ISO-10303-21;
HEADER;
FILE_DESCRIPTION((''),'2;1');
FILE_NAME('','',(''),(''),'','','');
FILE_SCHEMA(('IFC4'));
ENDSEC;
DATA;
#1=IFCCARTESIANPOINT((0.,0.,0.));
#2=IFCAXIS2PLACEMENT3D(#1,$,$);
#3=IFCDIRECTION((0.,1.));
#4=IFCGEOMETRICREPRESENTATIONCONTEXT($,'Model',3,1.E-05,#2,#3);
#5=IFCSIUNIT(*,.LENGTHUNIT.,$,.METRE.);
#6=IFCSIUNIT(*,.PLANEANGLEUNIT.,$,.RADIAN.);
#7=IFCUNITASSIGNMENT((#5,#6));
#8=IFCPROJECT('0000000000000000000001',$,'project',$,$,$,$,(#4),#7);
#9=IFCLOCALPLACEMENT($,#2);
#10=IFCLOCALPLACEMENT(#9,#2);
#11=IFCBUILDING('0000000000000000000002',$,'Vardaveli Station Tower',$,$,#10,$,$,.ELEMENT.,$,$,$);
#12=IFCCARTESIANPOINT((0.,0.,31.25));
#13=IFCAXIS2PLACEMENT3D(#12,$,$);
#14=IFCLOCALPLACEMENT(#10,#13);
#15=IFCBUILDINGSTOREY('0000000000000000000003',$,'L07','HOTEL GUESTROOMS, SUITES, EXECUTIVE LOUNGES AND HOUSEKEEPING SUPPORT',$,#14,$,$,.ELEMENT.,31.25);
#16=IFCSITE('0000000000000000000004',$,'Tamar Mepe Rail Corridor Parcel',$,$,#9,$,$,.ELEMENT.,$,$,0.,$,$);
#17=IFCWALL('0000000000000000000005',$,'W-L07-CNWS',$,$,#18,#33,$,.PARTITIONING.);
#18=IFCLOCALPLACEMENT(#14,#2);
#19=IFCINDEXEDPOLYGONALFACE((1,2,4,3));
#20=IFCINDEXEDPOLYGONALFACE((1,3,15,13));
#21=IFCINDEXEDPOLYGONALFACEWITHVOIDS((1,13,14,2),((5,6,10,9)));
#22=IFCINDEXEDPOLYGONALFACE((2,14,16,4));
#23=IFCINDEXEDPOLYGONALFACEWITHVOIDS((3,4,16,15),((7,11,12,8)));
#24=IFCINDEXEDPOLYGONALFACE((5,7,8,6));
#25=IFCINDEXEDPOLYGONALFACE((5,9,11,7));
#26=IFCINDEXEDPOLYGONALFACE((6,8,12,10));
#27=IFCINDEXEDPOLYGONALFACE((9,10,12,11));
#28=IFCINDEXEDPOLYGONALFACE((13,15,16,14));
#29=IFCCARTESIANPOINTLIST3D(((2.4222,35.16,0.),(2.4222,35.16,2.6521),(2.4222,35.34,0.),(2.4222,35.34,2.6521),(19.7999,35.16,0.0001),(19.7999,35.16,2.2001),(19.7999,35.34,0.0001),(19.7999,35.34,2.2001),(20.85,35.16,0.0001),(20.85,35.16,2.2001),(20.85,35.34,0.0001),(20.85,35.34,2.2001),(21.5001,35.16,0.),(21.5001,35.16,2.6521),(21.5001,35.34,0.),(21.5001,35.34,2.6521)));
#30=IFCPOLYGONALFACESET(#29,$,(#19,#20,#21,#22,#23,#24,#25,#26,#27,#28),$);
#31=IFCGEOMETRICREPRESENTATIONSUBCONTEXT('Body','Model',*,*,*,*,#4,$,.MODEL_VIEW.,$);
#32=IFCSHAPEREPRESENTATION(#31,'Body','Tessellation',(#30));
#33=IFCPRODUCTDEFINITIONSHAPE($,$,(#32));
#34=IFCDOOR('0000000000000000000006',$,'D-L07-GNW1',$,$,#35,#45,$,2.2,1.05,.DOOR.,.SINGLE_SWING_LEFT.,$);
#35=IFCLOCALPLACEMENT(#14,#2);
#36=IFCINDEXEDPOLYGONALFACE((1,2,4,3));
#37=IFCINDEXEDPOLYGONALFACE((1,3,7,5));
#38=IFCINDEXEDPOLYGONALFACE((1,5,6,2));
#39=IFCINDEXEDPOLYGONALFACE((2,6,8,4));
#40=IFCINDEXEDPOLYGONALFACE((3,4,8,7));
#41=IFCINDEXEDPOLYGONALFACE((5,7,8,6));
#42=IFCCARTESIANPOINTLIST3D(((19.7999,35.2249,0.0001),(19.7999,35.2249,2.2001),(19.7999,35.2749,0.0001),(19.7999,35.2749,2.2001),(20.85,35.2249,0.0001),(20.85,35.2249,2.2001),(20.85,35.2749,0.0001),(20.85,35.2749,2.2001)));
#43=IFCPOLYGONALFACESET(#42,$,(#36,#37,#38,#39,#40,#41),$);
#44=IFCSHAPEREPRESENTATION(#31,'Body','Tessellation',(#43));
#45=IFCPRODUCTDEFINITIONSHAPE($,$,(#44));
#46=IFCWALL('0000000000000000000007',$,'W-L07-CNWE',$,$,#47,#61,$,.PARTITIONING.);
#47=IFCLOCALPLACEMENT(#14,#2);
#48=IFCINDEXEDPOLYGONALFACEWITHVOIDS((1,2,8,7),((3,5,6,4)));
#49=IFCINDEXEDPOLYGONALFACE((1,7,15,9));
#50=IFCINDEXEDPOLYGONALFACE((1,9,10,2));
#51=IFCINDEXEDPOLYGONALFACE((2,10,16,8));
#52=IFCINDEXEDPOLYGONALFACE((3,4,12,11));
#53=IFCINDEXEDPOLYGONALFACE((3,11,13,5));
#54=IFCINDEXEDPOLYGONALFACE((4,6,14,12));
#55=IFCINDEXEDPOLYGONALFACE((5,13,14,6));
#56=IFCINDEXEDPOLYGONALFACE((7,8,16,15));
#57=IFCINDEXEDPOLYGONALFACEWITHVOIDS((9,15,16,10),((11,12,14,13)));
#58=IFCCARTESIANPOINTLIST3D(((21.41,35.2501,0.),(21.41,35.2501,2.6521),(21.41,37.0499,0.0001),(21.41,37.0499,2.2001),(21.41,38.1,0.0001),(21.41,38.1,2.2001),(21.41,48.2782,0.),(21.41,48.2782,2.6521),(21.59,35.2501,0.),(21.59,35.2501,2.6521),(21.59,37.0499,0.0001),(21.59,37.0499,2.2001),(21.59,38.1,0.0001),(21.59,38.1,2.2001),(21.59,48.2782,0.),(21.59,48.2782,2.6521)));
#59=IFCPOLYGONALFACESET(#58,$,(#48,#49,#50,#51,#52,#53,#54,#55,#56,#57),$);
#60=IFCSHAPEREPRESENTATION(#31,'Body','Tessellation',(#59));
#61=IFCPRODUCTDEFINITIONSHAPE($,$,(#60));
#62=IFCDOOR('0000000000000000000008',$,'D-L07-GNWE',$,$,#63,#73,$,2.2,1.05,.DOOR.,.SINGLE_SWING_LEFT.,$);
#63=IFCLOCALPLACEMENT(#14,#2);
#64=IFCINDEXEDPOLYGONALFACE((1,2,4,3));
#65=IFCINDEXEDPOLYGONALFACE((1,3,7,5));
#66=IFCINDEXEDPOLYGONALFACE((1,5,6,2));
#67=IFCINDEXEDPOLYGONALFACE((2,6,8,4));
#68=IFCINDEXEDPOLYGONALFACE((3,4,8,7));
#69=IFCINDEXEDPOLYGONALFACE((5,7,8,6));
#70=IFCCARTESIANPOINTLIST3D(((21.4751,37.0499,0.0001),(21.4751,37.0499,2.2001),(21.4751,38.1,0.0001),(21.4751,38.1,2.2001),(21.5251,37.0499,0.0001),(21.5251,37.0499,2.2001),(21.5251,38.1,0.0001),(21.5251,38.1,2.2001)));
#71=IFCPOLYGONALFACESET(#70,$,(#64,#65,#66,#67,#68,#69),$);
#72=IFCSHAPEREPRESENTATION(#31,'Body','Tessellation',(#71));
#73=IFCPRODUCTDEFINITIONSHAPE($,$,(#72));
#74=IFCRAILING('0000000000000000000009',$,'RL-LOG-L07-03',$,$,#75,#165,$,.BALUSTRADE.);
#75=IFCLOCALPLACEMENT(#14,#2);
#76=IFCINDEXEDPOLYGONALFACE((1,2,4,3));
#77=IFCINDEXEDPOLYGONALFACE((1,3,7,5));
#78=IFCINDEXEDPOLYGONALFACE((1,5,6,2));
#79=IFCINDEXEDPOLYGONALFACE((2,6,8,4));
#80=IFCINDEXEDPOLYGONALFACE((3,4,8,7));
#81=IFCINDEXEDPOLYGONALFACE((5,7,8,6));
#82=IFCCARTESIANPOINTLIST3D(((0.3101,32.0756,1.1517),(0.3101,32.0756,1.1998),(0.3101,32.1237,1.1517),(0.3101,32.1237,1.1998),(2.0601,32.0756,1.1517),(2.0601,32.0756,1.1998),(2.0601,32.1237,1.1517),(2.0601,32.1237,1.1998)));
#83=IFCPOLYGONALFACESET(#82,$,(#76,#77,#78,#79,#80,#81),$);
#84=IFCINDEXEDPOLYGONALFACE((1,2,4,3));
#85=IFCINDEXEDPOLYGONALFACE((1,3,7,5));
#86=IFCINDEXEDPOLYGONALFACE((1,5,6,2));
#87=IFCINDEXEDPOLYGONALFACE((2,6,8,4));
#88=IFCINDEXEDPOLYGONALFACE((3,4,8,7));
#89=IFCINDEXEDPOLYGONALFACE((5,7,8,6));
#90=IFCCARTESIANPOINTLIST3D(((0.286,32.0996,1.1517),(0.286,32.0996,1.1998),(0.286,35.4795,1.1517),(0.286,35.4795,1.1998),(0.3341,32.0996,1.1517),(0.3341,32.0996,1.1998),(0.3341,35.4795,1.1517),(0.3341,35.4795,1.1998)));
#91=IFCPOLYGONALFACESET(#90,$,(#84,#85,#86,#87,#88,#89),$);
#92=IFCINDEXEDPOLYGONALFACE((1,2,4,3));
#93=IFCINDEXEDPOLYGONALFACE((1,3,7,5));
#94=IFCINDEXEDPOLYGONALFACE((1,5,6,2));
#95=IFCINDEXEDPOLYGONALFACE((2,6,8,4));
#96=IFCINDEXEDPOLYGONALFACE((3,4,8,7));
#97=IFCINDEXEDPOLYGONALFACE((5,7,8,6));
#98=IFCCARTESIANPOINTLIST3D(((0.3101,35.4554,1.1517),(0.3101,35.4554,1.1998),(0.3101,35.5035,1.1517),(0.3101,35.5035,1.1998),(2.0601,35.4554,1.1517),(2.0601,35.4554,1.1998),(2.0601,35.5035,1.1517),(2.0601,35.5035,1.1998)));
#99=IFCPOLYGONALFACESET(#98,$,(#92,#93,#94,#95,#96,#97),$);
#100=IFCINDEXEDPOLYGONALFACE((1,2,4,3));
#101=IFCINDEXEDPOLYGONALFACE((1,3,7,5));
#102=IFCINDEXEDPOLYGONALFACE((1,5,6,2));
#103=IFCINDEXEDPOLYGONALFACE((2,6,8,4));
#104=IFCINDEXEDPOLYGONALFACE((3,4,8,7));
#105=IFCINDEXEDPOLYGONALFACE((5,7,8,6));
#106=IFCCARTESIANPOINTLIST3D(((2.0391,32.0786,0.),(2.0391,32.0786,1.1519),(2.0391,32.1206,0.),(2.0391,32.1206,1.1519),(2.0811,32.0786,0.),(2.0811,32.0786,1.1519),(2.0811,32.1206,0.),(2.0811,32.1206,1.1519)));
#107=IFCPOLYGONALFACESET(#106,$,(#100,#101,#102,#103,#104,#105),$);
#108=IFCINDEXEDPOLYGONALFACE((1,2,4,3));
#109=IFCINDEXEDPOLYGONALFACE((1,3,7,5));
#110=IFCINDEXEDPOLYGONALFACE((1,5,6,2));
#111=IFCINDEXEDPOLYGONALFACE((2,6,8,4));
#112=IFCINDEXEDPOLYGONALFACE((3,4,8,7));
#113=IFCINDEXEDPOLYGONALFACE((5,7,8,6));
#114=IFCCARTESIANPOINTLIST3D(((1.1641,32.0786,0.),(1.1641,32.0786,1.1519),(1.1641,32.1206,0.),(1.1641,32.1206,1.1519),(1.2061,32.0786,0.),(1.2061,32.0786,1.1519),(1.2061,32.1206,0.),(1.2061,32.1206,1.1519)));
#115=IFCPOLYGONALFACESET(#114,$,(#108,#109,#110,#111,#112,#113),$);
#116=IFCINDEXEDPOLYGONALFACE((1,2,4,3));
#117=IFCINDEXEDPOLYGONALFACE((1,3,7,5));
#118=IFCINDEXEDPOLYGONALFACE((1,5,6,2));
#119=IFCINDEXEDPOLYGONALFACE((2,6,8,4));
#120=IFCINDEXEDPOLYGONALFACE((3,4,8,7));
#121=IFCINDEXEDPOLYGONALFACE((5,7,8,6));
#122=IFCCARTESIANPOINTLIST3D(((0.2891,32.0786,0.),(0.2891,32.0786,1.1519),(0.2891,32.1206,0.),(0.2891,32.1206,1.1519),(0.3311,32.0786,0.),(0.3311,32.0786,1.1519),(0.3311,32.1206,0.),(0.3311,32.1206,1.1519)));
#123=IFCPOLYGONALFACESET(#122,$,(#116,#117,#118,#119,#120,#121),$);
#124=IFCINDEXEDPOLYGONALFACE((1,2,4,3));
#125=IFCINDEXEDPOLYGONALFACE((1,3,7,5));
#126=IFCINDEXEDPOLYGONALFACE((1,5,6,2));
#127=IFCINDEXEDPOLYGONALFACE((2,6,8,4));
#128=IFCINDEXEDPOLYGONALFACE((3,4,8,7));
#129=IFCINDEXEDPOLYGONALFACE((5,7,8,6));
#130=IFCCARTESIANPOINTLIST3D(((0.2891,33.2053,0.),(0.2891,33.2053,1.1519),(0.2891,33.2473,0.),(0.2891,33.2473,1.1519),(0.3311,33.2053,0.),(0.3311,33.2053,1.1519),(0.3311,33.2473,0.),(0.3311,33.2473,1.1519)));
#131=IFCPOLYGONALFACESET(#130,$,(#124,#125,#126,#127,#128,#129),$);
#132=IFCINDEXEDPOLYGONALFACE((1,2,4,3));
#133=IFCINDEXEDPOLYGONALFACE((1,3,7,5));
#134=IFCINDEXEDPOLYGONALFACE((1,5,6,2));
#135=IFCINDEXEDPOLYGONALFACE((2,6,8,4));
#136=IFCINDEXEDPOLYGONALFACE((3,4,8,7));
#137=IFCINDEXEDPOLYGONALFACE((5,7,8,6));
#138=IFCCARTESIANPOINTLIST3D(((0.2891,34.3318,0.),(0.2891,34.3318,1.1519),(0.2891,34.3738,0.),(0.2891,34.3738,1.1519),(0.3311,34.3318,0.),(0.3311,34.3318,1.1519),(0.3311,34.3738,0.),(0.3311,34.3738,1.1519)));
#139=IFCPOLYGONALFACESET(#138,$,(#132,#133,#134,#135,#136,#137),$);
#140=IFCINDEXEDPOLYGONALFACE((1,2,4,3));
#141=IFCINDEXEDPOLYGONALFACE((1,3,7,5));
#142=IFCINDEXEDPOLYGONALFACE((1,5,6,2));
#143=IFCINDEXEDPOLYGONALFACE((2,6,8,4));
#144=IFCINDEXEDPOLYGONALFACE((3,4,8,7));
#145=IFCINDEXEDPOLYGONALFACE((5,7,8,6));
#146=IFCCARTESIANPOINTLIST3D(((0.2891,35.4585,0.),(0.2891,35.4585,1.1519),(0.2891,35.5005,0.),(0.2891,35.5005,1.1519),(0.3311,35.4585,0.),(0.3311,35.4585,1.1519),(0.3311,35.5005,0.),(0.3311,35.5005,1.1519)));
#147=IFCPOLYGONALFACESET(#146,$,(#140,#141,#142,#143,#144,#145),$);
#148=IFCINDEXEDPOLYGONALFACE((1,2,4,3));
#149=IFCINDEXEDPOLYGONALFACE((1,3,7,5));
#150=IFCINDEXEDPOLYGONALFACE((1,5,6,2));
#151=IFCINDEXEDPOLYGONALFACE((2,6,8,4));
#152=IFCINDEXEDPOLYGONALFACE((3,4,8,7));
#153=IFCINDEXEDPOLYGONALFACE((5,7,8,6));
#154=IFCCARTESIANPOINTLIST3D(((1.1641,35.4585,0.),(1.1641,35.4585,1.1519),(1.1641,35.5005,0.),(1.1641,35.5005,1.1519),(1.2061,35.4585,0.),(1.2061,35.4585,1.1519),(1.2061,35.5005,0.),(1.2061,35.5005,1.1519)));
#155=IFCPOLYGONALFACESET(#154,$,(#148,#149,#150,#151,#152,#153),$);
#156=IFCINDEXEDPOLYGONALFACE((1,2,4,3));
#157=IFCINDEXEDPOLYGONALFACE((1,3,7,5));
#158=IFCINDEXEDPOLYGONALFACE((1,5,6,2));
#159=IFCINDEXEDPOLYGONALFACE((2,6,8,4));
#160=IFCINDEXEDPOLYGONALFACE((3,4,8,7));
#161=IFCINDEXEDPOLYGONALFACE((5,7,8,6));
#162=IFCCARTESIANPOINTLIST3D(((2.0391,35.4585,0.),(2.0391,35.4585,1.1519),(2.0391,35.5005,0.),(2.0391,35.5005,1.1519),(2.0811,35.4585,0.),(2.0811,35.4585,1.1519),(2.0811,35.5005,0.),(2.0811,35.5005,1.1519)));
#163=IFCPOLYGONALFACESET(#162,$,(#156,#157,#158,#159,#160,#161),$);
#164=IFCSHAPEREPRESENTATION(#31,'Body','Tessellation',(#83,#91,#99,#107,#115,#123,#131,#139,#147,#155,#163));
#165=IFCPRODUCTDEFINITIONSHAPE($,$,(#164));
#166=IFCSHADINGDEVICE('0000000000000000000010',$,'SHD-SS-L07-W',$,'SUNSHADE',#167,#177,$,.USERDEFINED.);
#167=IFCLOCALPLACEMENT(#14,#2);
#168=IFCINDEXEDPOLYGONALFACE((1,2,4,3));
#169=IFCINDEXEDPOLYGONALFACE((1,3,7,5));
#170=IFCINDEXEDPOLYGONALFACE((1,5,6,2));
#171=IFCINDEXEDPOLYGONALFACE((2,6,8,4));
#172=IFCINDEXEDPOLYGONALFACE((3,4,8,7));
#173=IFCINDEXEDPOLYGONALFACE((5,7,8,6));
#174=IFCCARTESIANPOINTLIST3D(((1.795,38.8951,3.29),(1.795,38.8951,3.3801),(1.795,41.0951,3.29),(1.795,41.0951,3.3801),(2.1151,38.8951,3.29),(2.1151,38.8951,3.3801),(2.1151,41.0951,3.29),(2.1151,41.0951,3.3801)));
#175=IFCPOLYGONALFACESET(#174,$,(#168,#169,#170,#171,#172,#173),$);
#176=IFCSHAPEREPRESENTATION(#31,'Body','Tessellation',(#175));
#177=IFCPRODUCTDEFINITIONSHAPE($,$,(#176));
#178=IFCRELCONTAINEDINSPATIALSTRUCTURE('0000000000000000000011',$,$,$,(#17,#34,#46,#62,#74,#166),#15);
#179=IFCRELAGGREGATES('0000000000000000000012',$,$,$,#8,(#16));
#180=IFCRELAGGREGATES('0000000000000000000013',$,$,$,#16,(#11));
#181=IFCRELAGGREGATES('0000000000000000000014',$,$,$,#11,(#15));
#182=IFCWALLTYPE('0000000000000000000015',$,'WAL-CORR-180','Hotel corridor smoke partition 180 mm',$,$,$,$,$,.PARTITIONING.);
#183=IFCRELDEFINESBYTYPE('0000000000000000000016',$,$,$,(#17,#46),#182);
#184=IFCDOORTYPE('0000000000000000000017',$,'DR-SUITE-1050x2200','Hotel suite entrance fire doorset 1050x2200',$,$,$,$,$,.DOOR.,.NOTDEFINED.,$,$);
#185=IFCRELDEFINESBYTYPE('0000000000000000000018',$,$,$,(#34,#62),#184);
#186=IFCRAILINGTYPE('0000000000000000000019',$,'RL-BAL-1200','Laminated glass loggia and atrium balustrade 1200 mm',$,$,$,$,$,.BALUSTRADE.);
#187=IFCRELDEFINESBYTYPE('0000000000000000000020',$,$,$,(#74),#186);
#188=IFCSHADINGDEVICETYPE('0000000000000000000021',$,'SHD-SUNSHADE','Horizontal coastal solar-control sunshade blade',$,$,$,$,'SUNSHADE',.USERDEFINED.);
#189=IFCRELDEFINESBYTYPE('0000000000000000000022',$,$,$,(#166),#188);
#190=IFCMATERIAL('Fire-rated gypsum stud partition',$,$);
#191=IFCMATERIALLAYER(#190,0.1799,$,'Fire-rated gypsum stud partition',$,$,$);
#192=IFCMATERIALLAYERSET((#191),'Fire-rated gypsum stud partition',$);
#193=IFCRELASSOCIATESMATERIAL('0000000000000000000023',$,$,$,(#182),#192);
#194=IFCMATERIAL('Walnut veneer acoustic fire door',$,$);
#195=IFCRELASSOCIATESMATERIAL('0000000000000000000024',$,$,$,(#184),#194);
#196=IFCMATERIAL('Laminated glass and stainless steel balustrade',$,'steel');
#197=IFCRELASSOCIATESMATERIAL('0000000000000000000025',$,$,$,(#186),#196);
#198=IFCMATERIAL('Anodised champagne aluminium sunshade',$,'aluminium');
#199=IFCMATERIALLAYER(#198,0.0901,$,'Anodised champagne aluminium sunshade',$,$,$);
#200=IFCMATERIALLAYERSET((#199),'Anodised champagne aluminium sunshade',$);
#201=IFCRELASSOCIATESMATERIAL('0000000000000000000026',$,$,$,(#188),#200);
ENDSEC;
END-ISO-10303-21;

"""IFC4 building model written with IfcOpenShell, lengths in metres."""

from ifc_helpers import new_model, si_unit, direction, frame, frame_2d, origin, origin_2d, place, context, subcontext, project, spatial, rectangle, extrude, source, transform, mapped, material, layer, layer_set, type_object, element, fill, save


model = new_model("IFC4")

# Units and contexts
model_context = context("Model", 3, precision=1e-05, world=origin(), true_north=direction((0.0, 1.0)))
body_context = subcontext(model_context, "Body", "Model", "MODEL_VIEW")
ifc_project = project(units=[si_unit("LENGTHUNIT", "METRE"), si_unit("PLANEANGLEUNIT", "RADIAN")], contexts=[model_context])

# Site, building, storey
site_placement = place(None, origin())
site = spatial("IfcSite", under=ifc_project, at=site_placement, Name="Tamar Mepe Rail Corridor Parcel", CompositionType="ELEMENT", RefElevation=0.0)
building_placement = place(site_placement, origin())
building = spatial("IfcBuilding", under=site, at=building_placement, Name="Vardaveli Station Tower", CompositionType="ELEMENT")
storey_placement = place(building_placement, frame((0.0, 0.0, 31.25)))
storey = spatial("IfcBuildingStorey", under=building, at=storey_placement, Name="L07", Description="HOTEL GUESTROOMS, SUITES, EXECUTIVE LOUNGES AND HOUSEKEEPING SUPPORT", CompositionType="ELEMENT", Elevation=31.25)

# Walls, openings, doors
ifc_material_1 = material(Name="Fire-rated gypsum stud partition")
ifc_layer_1 = layer(ifc_material_1, 0.1799, Name="Fire-rated gypsum stud partition")
ifc_layer_set_1 = layer_set([ifc_layer_1], Name="Fire-rated gypsum stud partition")
wall_type_1 = type_object("IfcWallType", Name="WAL-CORR-180", Description="Hotel corridor smoke partition 180 mm", PredefinedType="PARTITIONING", material=ifc_layer_set_1)
shared_shape_1 = source(origin(), body_context, "Body", "SweptSolid", [
    extrude(rectangle(XDim=19.0779, YDim=0.1799, at=frame_2d((9.5391, 0.0))), origin(), (0.0, 0.0, 1.0), 2.6521),
])
wall_1_placement = place(storey_placement, frame((2.4221, 35.25, 0.0), z_axis=(0.0, 0.0, 1.0), x_axis=(1.0, 0.0, 0.0)))
wall_1 = element("IfcWall", 1, at=wall_1_placement, inside=storey, type_object=wall_type_1, Name="W-L07-CNWS", PredefinedType="PARTITIONING", context=body_context, shape_type="MappedRepresentation", body=[
    mapped(shared_shape_1, transform((0.0, 0.0, 0.0), scale=1.0)),
])
shared_shape_2 = source(origin(), body_context, "Body", "SweptSolid", [
    extrude(rectangle(XDim=1.05, YDim=2.2, at=frame_2d((0.5249, 1.1001))), frame((0.0, 0.1001, 0.0), z_axis=(0.0, -1.0, 0.0), x_axis=(1.0, 0.0, 0.0)), (0.0, 0.0, 1.0), 0.2),
])
opening_1_placement = place(wall_1_placement, frame((17.3779, 0.0, 0.0)))
opening_1 = element("IfcOpeningElement", 2, at=opening_1_placement, cuts=wall_1, PredefinedType="OPENING", context=body_context, shape_type="MappedRepresentation", body=[
    mapped(shared_shape_2, transform((0.0, 0.0, 0.0), scale=1.0)),
])
ifc_material_2 = material(Name="Walnut veneer acoustic fire door")
door_type_1 = type_object("IfcDoorType", Name="DR-SUITE-1050x2200", Description="Hotel suite entrance fire doorset 1050x2200", OperationType="NOTDEFINED", PredefinedType="DOOR", material=ifc_material_2)
shared_shape_3 = source(origin(), body_context, "Body", "SweptSolid", [
    extrude(rectangle(XDim=1.05, YDim=2.2, at=frame_2d((0.5249, 1.1001))), frame((0.0, 0.0249, 0.0), z_axis=(0.0, -1.0, 0.0), x_axis=(1.0, 0.0, 0.0)), (0.0, 0.0, 1.0), 0.05),
])
door_1_placement = place(opening_1_placement, origin())
door_1 = element("IfcDoor", 3, at=door_1_placement, inside=storey, type_object=door_type_1, Name="D-L07-GNW1", OperationType="SINGLE_SWING_LEFT", OverallHeight=2.2, OverallWidth=1.05, PredefinedType="DOOR", context=body_context, shape_type="MappedRepresentation", body=[
    mapped(shared_shape_3, transform((0.0, 0.0, 0.0), scale=1.0)),
])
fill(opening_1, door_1)
shared_shape_4 = source(origin(), body_context, "Body", "SweptSolid", [
    extrude(rectangle(XDim=13.0281, YDim=0.1799, at=frame_2d((6.5142, 0.0))), origin(), (0.0, 0.0, 1.0), 2.6521),
])
wall_2_placement = place(storey_placement, frame((21.5, 35.25, 0.0), z_axis=(0.0, 0.0, 1.0), x_axis=(0.0, 1.0, 0.0)))
wall_2 = element("IfcWall", 4, at=wall_2_placement, inside=storey, type_object=wall_type_1, Name="W-L07-CNWE", PredefinedType="PARTITIONING", context=body_context, shape_type="MappedRepresentation", body=[
    mapped(shared_shape_4, transform((0.0, 0.0, 0.0), scale=1.0)),
])
opening_2_placement = place(wall_2_placement, frame((1.8, 0.0, 0.0)))
opening_2 = element("IfcOpeningElement", 5, at=opening_2_placement, cuts=wall_2, PredefinedType="OPENING", context=body_context, shape_type="MappedRepresentation", body=[
    mapped(shared_shape_2, transform((0.0, 0.0, 0.0), scale=1.0)),
])
door_2_placement = place(opening_2_placement, origin())
door_2 = element("IfcDoor", 6, at=door_2_placement, inside=storey, type_object=door_type_1, Name="D-L07-GNWE", OperationType="SINGLE_SWING_LEFT", OverallHeight=2.2, OverallWidth=1.05, PredefinedType="DOOR", context=body_context, shape_type="MappedRepresentation", body=[
    mapped(shared_shape_3, transform((0.0, 0.0, 0.0), scale=1.0)),
])
fill(opening_2, door_2)

# Railing
ifc_material_3 = material(Name="Laminated glass and stainless steel balustrade", Category="steel")
railing_type = type_object("IfcRailingType", Name="RL-BAL-1200", Description="Laminated glass loggia and atrium balustrade 1200 mm", PredefinedType="BALUSTRADE", material=ifc_material_3)
shared_shape_5 = source(origin(), body_context, "Body", "SweptSolid", [
    extrude(rectangle(XDim=0.0481, YDim=0.0481, at=origin_2d()), frame((0.0, 0.0, 1.1758), z_axis=(-1.0, 0.0, 0.0), x_axis=(0.0, -1.0, 0.0)), (0.0, 0.0, 1.0), 1.75),
    extrude(rectangle(XDim=0.0481, YDim=0.0481, at=origin_2d()), frame((-1.75, 0.0, 1.1758), z_axis=(0.0, 1.0, 0.0), x_axis=(-1.0, 0.0, 0.0)), (0.0, 0.0, 1.0), 3.3799),
    extrude(rectangle(XDim=0.0481, YDim=0.0481, at=origin_2d()), frame((-1.75, 3.3799, 1.1758), z_axis=(1.0, 0.0, 0.0), x_axis=(0.0, 1.0, 0.0)), (0.0, 0.0, 1.0), 1.75),
    extrude(rectangle(XDim=0.042, YDim=0.042, at=origin_2d()), origin(), (0.0, 0.0, 1.0), 1.1519),
    extrude(rectangle(XDim=0.042, YDim=0.042, at=origin_2d()), frame((-0.875, 0.0, 0.0)), (0.0, 0.0, 1.0), 1.1519),
    extrude(rectangle(XDim=0.042, YDim=0.042, at=origin_2d()), frame((-1.75, 0.0, 0.0)), (0.0, 0.0, 1.0), 1.1519),
    extrude(rectangle(XDim=0.042, YDim=0.042, at=origin_2d()), frame((-1.75, 1.1267, 0.0)), (0.0, 0.0, 1.0), 1.1519),
    extrude(rectangle(XDim=0.042, YDim=0.042, at=origin_2d()), frame((-1.75, 2.2532, 0.0)), (0.0, 0.0, 1.0), 1.1519),
    extrude(rectangle(XDim=0.042, YDim=0.042, at=origin_2d()), frame((-1.75, 3.3799, 0.0)), (0.0, 0.0, 1.0), 1.1519),
    extrude(rectangle(XDim=0.042, YDim=0.042, at=origin_2d()), frame((-0.875, 3.3799, 0.0)), (0.0, 0.0, 1.0), 1.1519),
    extrude(rectangle(XDim=0.042, YDim=0.042, at=origin_2d()), frame((0.0, 3.3799, 0.0)), (0.0, 0.0, 1.0), 1.1519),
])
railing_placement = place(storey_placement, frame((2.0601, 32.0996, 0.0)))
element("IfcRailing", 7, at=railing_placement, inside=storey, type_object=railing_type, Name="RL-LOG-L07-03", PredefinedType="BALUSTRADE", context=body_context, shape_type="MappedRepresentation", body=[
    mapped(shared_shape_5, transform((0.0, 0.0, 0.0), scale=1.0)),
])

# Shading device
ifc_material_4 = material(Name="Anodised champagne aluminium sunshade", Category="aluminium")
ifc_layer_2 = layer(ifc_material_4, 0.0901, Name="Anodised champagne aluminium sunshade")
ifc_layer_set_2 = layer_set([ifc_layer_2], Name="Anodised champagne aluminium sunshade")
shading_device_type = type_object("IfcShadingDeviceType", Name="SHD-SUNSHADE", Description="Horizontal coastal solar-control sunshade blade", ElementType="SUNSHADE", PredefinedType="USERDEFINED", material=ifc_layer_set_2)
shared_shape_6 = source(origin(), body_context, "Body", "SweptSolid", [
    extrude(rectangle(XDim=2.2, YDim=0.3201, at=origin_2d()), origin(), (0.0, 0.0, 1.0), 0.0901),
])
shading_device_placement = place(storey_placement, frame((1.9551, 39.9951, 3.29), z_axis=(0.0, 0.0, 1.0), x_axis=(0.0, 1.0, 0.0)))
element("IfcShadingDevice", 8, at=shading_device_placement, inside=storey, type_object=shading_device_type, Name="SHD-SS-L07-W", ObjectType="SUNSHADE", PredefinedType="USERDEFINED", context=body_context, shape_type="MappedRepresentation", body=[
    mapped(shared_shape_6, transform((0.0, 0.0, 0.0), scale=1.0)),
])

save(model, "model.ifc")
